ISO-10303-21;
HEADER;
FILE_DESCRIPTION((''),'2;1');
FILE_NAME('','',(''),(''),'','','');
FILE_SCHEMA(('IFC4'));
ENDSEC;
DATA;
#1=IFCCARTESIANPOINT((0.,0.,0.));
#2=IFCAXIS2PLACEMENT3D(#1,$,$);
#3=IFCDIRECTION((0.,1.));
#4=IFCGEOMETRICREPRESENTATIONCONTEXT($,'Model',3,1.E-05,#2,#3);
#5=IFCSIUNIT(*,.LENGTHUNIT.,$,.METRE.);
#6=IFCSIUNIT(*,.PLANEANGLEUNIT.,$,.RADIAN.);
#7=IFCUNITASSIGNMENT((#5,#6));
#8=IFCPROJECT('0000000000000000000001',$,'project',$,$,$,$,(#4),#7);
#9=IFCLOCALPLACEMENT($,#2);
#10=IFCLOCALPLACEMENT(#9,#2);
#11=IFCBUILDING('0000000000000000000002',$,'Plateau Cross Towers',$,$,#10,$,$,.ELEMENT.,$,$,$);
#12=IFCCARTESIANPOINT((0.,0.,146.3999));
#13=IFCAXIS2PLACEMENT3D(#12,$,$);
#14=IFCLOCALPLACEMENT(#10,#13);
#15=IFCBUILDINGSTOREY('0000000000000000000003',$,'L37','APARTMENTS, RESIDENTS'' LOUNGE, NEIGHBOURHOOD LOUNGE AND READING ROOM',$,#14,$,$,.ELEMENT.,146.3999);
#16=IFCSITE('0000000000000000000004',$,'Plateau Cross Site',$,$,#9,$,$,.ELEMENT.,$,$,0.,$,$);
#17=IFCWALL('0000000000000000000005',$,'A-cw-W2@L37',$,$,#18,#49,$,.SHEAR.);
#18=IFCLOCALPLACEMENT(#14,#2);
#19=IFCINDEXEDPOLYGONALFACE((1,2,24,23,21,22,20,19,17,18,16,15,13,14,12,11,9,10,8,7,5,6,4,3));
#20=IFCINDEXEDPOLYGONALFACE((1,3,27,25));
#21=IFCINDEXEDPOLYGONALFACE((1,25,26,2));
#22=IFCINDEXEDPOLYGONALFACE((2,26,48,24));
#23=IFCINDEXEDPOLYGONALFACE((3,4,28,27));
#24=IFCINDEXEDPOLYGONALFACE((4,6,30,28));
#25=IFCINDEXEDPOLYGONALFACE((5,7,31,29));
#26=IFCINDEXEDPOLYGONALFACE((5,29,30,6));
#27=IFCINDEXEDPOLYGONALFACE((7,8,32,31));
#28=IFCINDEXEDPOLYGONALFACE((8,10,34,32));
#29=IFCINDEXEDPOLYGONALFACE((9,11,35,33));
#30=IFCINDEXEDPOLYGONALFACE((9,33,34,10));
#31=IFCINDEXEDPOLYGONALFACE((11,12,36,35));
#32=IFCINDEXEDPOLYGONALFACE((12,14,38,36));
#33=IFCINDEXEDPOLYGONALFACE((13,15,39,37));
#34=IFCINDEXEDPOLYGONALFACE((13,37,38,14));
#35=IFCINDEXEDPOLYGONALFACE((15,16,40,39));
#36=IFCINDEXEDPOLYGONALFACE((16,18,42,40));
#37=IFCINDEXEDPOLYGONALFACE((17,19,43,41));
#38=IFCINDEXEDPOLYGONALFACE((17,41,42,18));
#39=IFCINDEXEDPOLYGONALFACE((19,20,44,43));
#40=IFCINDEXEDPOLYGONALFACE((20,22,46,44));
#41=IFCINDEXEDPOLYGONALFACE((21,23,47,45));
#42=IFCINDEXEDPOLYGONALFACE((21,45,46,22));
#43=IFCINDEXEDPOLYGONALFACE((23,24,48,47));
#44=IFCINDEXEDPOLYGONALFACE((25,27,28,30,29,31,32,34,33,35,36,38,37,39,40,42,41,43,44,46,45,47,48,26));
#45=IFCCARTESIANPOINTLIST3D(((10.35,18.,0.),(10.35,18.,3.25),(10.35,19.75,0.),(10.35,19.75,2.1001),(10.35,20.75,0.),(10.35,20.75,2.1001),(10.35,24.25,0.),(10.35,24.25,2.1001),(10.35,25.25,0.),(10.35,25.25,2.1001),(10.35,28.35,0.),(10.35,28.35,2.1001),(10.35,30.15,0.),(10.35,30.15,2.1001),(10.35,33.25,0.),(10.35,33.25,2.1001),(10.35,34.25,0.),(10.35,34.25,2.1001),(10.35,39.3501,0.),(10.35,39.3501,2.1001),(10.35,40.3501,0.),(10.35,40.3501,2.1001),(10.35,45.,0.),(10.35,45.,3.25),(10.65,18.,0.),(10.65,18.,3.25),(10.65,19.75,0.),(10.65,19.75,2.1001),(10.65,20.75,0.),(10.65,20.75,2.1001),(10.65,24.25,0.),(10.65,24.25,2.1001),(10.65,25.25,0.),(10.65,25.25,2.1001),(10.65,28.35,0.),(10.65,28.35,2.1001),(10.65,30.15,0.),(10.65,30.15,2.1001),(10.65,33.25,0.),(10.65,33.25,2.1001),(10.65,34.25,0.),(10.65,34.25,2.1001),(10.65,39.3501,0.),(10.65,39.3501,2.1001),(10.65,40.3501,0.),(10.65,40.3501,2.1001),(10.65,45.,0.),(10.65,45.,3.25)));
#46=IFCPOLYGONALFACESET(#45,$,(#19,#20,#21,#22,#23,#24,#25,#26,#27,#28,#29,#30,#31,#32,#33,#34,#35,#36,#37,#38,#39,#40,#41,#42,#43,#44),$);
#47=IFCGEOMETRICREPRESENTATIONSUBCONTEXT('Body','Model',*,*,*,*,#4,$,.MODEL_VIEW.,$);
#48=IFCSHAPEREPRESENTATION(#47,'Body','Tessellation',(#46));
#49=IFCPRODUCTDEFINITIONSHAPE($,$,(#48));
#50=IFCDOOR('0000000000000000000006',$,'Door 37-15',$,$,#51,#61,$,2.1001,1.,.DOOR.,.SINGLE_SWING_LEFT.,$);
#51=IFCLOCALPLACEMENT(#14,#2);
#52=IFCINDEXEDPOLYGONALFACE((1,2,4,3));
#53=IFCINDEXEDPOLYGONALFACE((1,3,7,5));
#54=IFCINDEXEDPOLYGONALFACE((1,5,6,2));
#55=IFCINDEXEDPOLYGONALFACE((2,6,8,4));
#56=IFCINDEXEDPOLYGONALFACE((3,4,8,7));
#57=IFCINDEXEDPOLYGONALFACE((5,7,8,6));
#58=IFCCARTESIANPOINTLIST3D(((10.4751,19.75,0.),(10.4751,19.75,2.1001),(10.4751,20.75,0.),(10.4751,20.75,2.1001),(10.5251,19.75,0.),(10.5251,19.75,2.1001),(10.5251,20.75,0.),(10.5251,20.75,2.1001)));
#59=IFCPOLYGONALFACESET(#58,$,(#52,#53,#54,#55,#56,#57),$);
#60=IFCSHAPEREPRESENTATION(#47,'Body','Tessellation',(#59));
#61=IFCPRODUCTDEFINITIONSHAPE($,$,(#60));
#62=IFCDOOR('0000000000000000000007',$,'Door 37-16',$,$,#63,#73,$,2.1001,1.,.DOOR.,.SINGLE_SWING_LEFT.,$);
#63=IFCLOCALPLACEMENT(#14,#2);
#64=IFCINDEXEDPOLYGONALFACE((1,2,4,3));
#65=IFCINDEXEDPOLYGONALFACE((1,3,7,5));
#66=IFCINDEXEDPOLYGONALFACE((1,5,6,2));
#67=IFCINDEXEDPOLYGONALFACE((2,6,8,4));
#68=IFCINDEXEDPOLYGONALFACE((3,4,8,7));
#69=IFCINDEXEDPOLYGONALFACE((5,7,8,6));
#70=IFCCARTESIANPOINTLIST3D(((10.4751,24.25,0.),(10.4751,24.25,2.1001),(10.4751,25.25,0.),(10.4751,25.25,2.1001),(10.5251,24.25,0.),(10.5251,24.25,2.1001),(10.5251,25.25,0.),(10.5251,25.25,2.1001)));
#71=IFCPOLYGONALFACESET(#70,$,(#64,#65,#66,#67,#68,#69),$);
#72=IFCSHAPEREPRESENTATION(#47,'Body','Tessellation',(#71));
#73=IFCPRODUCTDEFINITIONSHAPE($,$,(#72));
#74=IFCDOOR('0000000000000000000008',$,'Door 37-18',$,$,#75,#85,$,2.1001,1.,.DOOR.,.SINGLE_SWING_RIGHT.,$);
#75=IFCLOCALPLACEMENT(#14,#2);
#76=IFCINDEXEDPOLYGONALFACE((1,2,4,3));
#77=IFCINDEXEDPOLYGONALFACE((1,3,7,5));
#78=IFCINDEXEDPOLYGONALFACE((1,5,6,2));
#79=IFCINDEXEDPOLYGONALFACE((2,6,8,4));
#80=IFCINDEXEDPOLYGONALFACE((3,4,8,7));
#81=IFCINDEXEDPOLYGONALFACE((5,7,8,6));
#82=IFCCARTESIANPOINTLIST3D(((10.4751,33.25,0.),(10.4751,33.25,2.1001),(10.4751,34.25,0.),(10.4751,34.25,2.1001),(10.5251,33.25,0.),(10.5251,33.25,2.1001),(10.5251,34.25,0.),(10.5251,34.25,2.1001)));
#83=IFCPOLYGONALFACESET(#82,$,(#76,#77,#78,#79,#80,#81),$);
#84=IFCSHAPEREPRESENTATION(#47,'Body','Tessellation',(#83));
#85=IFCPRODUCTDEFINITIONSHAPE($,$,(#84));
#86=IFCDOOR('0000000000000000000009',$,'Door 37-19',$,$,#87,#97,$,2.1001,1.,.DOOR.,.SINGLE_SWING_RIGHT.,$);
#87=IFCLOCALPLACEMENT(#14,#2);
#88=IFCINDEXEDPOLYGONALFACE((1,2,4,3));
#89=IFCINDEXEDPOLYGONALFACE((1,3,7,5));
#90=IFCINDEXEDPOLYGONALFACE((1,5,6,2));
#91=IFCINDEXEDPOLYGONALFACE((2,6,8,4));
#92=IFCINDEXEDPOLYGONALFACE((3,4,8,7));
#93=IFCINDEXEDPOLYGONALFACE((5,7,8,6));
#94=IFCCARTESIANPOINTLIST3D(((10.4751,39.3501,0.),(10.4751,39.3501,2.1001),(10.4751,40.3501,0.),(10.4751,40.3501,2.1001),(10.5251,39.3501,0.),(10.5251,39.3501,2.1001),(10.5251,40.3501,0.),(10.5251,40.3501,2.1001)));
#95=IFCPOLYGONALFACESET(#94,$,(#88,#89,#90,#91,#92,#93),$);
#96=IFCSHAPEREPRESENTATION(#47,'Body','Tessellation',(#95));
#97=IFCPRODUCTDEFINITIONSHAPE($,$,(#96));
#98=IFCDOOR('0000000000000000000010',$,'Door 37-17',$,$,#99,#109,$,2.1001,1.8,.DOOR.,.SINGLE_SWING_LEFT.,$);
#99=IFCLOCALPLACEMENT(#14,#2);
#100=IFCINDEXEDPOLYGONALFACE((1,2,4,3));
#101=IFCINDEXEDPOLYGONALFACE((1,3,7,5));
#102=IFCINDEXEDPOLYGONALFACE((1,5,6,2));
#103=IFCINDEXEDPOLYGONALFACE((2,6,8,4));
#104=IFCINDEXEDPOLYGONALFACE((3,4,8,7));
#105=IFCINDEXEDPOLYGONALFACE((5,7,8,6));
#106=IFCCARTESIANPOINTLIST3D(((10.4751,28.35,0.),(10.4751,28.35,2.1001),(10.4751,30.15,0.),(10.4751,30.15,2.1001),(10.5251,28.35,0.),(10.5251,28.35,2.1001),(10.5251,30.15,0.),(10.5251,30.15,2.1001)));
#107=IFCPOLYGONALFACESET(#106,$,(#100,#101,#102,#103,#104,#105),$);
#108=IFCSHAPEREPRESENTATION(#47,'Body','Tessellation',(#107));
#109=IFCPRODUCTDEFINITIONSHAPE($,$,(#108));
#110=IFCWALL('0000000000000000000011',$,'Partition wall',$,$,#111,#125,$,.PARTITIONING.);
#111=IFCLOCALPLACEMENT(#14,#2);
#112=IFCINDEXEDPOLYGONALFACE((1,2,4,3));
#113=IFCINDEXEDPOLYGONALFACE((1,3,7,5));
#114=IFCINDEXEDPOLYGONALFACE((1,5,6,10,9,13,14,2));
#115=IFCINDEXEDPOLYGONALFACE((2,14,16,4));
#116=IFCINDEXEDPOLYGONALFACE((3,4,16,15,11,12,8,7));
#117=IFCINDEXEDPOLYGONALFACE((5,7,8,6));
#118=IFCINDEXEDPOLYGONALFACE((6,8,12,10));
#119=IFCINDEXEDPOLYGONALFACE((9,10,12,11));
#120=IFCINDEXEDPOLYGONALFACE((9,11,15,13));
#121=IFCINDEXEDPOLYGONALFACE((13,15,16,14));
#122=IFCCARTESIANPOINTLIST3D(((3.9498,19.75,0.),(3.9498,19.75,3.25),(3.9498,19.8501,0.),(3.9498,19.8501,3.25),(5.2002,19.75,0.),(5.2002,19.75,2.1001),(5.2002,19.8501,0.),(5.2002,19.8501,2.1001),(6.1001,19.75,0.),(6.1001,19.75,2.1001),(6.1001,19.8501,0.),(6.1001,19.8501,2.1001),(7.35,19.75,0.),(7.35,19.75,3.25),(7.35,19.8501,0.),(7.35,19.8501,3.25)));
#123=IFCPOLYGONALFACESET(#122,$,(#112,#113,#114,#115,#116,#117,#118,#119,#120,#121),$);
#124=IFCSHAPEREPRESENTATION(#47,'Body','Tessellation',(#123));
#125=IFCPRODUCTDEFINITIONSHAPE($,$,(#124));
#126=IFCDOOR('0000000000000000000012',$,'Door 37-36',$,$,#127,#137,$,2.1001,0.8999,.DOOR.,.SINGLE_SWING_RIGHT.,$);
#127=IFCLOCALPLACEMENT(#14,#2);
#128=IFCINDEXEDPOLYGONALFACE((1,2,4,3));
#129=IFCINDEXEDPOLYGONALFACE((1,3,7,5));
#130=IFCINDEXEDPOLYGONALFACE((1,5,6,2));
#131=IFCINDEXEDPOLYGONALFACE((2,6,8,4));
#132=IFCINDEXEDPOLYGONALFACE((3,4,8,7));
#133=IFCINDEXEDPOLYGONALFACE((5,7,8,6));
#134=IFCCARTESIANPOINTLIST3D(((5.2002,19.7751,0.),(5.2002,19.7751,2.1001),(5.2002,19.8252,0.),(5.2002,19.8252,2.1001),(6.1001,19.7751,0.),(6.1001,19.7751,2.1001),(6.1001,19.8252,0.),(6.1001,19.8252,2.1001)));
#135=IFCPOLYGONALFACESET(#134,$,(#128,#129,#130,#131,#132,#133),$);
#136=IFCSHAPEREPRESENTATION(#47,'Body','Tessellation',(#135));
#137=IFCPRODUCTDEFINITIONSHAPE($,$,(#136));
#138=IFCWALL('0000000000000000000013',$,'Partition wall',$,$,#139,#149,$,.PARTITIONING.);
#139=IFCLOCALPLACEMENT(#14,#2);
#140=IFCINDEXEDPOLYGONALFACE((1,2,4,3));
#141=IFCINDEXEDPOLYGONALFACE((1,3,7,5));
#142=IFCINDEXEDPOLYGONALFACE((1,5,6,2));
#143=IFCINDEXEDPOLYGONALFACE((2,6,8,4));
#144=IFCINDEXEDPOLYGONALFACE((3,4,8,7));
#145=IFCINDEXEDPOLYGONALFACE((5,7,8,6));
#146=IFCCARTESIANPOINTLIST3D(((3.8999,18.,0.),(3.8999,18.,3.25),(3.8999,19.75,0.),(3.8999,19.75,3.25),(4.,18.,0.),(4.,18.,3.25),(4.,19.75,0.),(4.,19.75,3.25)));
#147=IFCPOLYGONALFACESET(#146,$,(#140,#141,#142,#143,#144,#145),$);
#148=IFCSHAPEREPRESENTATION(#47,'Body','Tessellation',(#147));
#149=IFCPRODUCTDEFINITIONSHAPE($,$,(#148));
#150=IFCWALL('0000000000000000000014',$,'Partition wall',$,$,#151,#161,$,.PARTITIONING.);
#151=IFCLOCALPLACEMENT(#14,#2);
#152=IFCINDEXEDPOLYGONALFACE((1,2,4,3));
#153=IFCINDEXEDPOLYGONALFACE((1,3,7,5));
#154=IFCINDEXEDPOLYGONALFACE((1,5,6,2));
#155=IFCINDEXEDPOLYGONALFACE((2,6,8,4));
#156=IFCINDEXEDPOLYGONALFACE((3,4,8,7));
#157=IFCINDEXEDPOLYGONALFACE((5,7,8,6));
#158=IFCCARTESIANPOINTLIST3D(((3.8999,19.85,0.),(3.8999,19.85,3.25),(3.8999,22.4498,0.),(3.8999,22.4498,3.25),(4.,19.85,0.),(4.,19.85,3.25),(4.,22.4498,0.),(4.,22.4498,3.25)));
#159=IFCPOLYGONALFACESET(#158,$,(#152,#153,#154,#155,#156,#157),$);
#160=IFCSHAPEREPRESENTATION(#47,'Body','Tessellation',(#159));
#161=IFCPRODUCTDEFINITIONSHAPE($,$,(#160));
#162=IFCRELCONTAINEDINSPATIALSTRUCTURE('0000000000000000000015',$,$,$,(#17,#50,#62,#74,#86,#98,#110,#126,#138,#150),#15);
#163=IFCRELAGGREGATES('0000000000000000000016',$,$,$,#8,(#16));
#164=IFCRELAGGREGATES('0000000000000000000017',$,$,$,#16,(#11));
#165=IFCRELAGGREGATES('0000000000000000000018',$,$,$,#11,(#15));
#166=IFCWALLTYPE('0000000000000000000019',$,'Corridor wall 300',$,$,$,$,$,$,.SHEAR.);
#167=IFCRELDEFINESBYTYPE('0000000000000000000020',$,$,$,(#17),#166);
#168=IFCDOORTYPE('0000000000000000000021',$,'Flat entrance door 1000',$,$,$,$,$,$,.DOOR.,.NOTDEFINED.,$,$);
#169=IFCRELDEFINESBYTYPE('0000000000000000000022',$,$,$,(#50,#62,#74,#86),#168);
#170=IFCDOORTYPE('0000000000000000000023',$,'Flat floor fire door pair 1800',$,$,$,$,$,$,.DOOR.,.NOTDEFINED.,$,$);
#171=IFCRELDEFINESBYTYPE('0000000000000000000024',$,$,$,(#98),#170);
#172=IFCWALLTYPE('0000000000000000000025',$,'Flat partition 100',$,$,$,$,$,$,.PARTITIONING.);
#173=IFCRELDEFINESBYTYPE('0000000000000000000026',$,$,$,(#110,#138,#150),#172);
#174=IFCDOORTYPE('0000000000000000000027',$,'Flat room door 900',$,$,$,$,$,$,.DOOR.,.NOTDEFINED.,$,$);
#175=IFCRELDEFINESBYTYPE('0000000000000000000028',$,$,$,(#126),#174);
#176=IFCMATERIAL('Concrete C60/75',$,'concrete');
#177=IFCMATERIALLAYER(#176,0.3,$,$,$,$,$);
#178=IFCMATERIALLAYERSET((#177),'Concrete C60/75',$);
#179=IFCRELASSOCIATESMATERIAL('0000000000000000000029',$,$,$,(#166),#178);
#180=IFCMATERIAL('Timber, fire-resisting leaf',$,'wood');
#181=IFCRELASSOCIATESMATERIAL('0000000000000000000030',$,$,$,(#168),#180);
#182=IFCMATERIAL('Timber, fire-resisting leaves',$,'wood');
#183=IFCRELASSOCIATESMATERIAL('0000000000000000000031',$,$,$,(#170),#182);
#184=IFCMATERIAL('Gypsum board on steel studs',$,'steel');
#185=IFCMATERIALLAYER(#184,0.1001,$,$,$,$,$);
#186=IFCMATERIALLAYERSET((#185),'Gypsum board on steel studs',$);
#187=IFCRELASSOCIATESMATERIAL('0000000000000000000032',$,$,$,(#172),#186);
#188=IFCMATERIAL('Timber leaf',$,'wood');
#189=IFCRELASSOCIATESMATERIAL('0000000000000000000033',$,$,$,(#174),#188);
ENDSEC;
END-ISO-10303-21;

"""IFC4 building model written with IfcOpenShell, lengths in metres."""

from ifc_helpers import new_model, si_unit, direction, frame, frame_2d, origin, place, context, subcontext, project, spatial, rectangle, extrude, material, layer, layer_set, type_object, element, fill, save


model = new_model("IFC4")

# Units and contexts
model_context = context("Model", 3, precision=1e-05, world=origin(), true_north=direction((0.0, 1.0)))
body_context = subcontext(model_context, "Body", "Model", "MODEL_VIEW")
ifc_project = project(units=[si_unit("LENGTHUNIT", "METRE"), si_unit("PLANEANGLEUNIT", "RADIAN")], contexts=[model_context])

# Site, building, storey
site_placement = place(None, origin())
site = spatial("IfcSite", under=ifc_project, at=site_placement, Name="Plateau Cross Site", CompositionType="ELEMENT", RefElevation=0.0)
building_placement = place(site_placement, origin())
building = spatial("IfcBuilding", under=site, at=building_placement, Name="Plateau Cross Towers", CompositionType="ELEMENT")
storey_placement = place(building_placement, frame((0.0, 0.0, 146.3999)))
storey = spatial("IfcBuildingStorey", under=building, at=storey_placement, Name="L37", Description="APARTMENTS, RESIDENTS' LOUNGE, NEIGHBOURHOOD LOUNGE AND READING ROOM", CompositionType="ELEMENT", Elevation=146.3999)

# Wall, openings, doors
ifc_material_1 = material(Name="Concrete C60/75", Category="concrete")
ifc_layer_1 = layer(ifc_material_1, 0.3)
ifc_layer_set_1 = layer_set([ifc_layer_1], Name="Concrete C60/75")
wall_type_1 = type_object("IfcWallType", Name="Corridor wall 300", PredefinedType="SHEAR", material=ifc_layer_set_1)
ifc_material_2 = material(Name="Timber, fire-resisting leaf", Category="wood")
door_type_1 = type_object("IfcDoorType", Name="Flat entrance door 1000", OperationType="NOTDEFINED", PredefinedType="DOOR", material=ifc_material_2)
wall_1_placement = place(storey_placement, frame((10.5, 18.0, 0.0), z_axis=(0.0, 0.0, 1.0), x_axis=(0.0, 1.0, 0.0)))
wall_1 = element("IfcWall", 1, at=wall_1_placement, inside=storey, type_object=wall_type_1, Name="A-cw-W2@L37", PredefinedType="SHEAR", context=body_context, shape_type="SweptSolid", body=[
    extrude(rectangle(XDim=27.0, YDim=0.3, at=frame_2d((13.5, 0.0))), origin(), (0.0, 0.0, 1.0), 3.25),
])
opening_1_placement = place(wall_1_placement, frame((1.75, 0.0, 0.0)))
opening_1 = element("IfcOpeningElement", 2, at=opening_1_placement, cuts=wall_1, PredefinedType="OPENING", context=body_context, shape_type="SweptSolid", body=[
    extrude(rectangle(XDim=1.0, YDim=2.1001, at=frame_2d((0.5, 1.05))), frame((0.0, 0.1599, 0.0), z_axis=(0.0, -1.0, 0.0), x_axis=(1.0, 0.0, 0.0)), (0.0, 0.0, 1.0), 0.3201),
])
opening_2_placement = place(wall_1_placement, frame((6.25, 0.0, 0.0)))
opening_2 = element("IfcOpeningElement", 3, at=opening_2_placement, cuts=wall_1, PredefinedType="OPENING", context=body_context, shape_type="SweptSolid", body=[
    extrude(rectangle(XDim=1.0, YDim=2.1001, at=frame_2d((0.5, 1.05))), frame((0.0, 0.1599, 0.0), z_axis=(0.0, -1.0, 0.0), x_axis=(1.0, 0.0, 0.0)), (0.0, 0.0, 1.0), 0.3201),
])
opening_3_placement = place(wall_1_placement, frame((10.3501, 0.0, 0.0)))
opening_3 = element("IfcOpeningElement", 4, at=opening_3_placement, cuts=wall_1, PredefinedType="OPENING", context=body_context, shape_type="SweptSolid", body=[
    extrude(rectangle(XDim=1.8, YDim=2.1001, at=frame_2d((0.8999, 1.05))), frame((0.0, 0.1599, 0.0), z_axis=(0.0, -1.0, 0.0), x_axis=(1.0, 0.0, 0.0)), (0.0, 0.0, 1.0), 0.3201),
])
opening_4_placement = place(wall_1_placement, frame((15.25, 0.0, 0.0)))
opening_4 = element("IfcOpeningElement", 5, at=opening_4_placement, cuts=wall_1, PredefinedType="OPENING", context=body_context, shape_type="SweptSolid", body=[
    extrude(rectangle(XDim=1.0, YDim=2.1001, at=frame_2d((0.5, 1.05))), frame((0.0, 0.1599, 0.0), z_axis=(0.0, -1.0, 0.0), x_axis=(1.0, 0.0, 0.0)), (0.0, 0.0, 1.0), 0.3201),
])
opening_5_placement = place(wall_1_placement, frame((21.3501, 0.0, 0.0)))
opening_5 = element("IfcOpeningElement", 6, at=opening_5_placement, cuts=wall_1, PredefinedType="OPENING", context=body_context, shape_type="SweptSolid", body=[
    extrude(rectangle(XDim=1.0, YDim=2.1001, at=frame_2d((0.5, 1.05))), frame((0.0, 0.1599, 0.0), z_axis=(0.0, -1.0, 0.0), x_axis=(1.0, 0.0, 0.0)), (0.0, 0.0, 1.0), 0.3201),
])
door_1_placement = place(opening_1_placement, origin())
door_1 = element("IfcDoor", 7, at=door_1_placement, inside=storey, type_object=door_type_1, Name="Door 37-15", OperationType="SINGLE_SWING_LEFT", OverallHeight=2.1001, OverallWidth=1.0, PredefinedType="DOOR", context=body_context, shape_type="SweptSolid", body=[
    extrude(rectangle(XDim=1.0, YDim=2.1001, at=frame_2d((0.5, 1.05))), frame((0.0, 0.0249, 0.0), z_axis=(0.0, -1.0, 0.0), x_axis=(1.0, 0.0, 0.0)), (0.0, 0.0, 1.0), 0.05),
])
fill(opening_1, door_1)
door_2_placement = place(opening_2_placement, origin())
door_2 = element("IfcDoor", 8, at=door_2_placement, inside=storey, type_object=door_type_1, Name="Door 37-16", OperationType="SINGLE_SWING_LEFT", OverallHeight=2.1001, OverallWidth=1.0, PredefinedType="DOOR", context=body_context, shape_type="SweptSolid", body=[
    extrude(rectangle(XDim=1.0, YDim=2.1001, at=frame_2d((0.5, 1.05))), frame((0.0, 0.0249, 0.0), z_axis=(0.0, -1.0, 0.0), x_axis=(1.0, 0.0, 0.0)), (0.0, 0.0, 1.0), 0.05),
])
fill(opening_2, door_2)
door_3_placement = place(opening_4_placement, origin())
door_3 = element("IfcDoor", 9, at=door_3_placement, inside=storey, type_object=door_type_1, Name="Door 37-18", OperationType="SINGLE_SWING_RIGHT", OverallHeight=2.1001, OverallWidth=1.0, PredefinedType="DOOR", context=body_context, shape_type="SweptSolid", body=[
    extrude(rectangle(XDim=1.0, YDim=2.1001, at=frame_2d((0.5, 1.05))), frame((0.0, 0.0249, 0.0), z_axis=(0.0, -1.0, 0.0), x_axis=(1.0, 0.0, 0.0)), (0.0, 0.0, 1.0), 0.05),
])
fill(opening_4, door_3)
door_4_placement = place(opening_5_placement, origin())
door_4 = element("IfcDoor", 10, at=door_4_placement, inside=storey, type_object=door_type_1, Name="Door 37-19", OperationType="SINGLE_SWING_RIGHT", OverallHeight=2.1001, OverallWidth=1.0, PredefinedType="DOOR", context=body_context, shape_type="SweptSolid", body=[
    extrude(rectangle(XDim=1.0, YDim=2.1001, at=frame_2d((0.5, 1.05))), frame((0.0, 0.0249, 0.0), z_axis=(0.0, -1.0, 0.0), x_axis=(1.0, 0.0, 0.0)), (0.0, 0.0, 1.0), 0.05),
])
fill(opening_5, door_4)
ifc_material_3 = material(Name="Timber, fire-resisting leaves", Category="wood")
door_type_2 = type_object("IfcDoorType", Name="Flat floor fire door pair 1800", OperationType="NOTDEFINED", PredefinedType="DOOR", material=ifc_material_3)
door_5_placement = place(opening_3_placement, origin())
door_5 = element("IfcDoor", 11, at=door_5_placement, inside=storey, type_object=door_type_2, Name="Door 37-17", OperationType="SINGLE_SWING_LEFT", OverallHeight=2.1001, OverallWidth=1.8, PredefinedType="DOOR", context=body_context, shape_type="SweptSolid", body=[
    extrude(rectangle(XDim=1.8, YDim=2.1001, at=frame_2d((0.8999, 1.05))), frame((0.0, 0.0249, 0.0), z_axis=(0.0, -1.0, 0.0), x_axis=(1.0, 0.0, 0.0)), (0.0, 0.0, 1.0), 0.05),
])
fill(opening_3, door_5)

# Wall, opening, door
ifc_material_4 = material(Name="Gypsum board on steel studs", Category="steel")
ifc_layer_2 = layer(ifc_material_4, 0.1001)
ifc_layer_set_2 = layer_set([ifc_layer_2], Name="Gypsum board on steel studs")
wall_type_2 = type_object("IfcWallType", Name="Flat partition 100", PredefinedType="PARTITIONING", material=ifc_layer_set_2)
wall_2_placement = place(storey_placement, frame((7.3501, 19.8, 0.0), z_axis=(0.0, 0.0, 1.0), x_axis=(-1.0, 0.0, 0.0)))
wall_2 = element("IfcWall", 12, at=wall_2_placement, inside=storey, type_object=wall_type_2, Name="Partition wall", PredefinedType="PARTITIONING", context=body_context, shape_type="SweptSolid", body=[
    extrude(rectangle(XDim=3.4001, YDim=0.1001, at=frame_2d((1.7002, 0.0))), origin(), (0.0, 0.0, 1.0), 3.25),
])
opening_6_placement = place(wall_2_placement, frame((1.25, 0.0, 0.0)))
opening_6 = element("IfcOpeningElement", 13, at=opening_6_placement, cuts=wall_2, PredefinedType="OPENING", context=body_context, shape_type="SweptSolid", body=[
    extrude(rectangle(XDim=0.8999, YDim=2.1001, at=frame_2d((0.45, 1.05))), frame((0.0, 0.0601, 0.0), z_axis=(0.0, -1.0, 0.0), x_axis=(1.0, 0.0, 0.0)), (0.0, 0.0, 1.0), 0.1201),
])
ifc_material_5 = material(Name="Timber leaf", Category="wood")
door_type_3 = type_object("IfcDoorType", Name="Flat room door 900", OperationType="NOTDEFINED", PredefinedType="DOOR", material=ifc_material_5)
door_6_placement = place(opening_6_placement, origin())
door_6 = element("IfcDoor", 14, at=door_6_placement, inside=storey, type_object=door_type_3, Name="Door 37-36", OperationType="SINGLE_SWING_RIGHT", OverallHeight=2.1001, OverallWidth=0.8999, PredefinedType="DOOR", context=body_context, shape_type="SweptSolid", body=[
    extrude(rectangle(XDim=0.8999, YDim=2.1001, at=frame_2d((0.45, 1.05))), frame((0.0, 0.0249, 0.0), z_axis=(0.0, -1.0, 0.0), x_axis=(1.0, 0.0, 0.0)), (0.0, 0.0, 1.0), 0.05),
])
fill(opening_6, door_6)

# Walls
wall_3_placement = place(storey_placement, frame((3.95, 19.75, 0.0), z_axis=(0.0, 0.0, 1.0), x_axis=(0.0, -1.0, 0.0)))
element("IfcWall", 15, at=wall_3_placement, inside=storey, type_object=wall_type_2, Name="Partition wall", PredefinedType="PARTITIONING", context=body_context, shape_type="SweptSolid", body=[
    extrude(rectangle(XDim=1.75, YDim=0.1001, at=frame_2d((0.875, 0.0))), origin(), (0.0, 0.0, 1.0), 3.25),
])
wall_4_placement = place(storey_placement, frame((3.95, 19.8501, 0.0), z_axis=(0.0, 0.0, 1.0), x_axis=(0.0, 1.0, 0.0)))
element("IfcWall", 16, at=wall_4_placement, inside=storey, type_object=wall_type_2, Name="Partition wall", PredefinedType="PARTITIONING", context=body_context, shape_type="SweptSolid", body=[
    extrude(rectangle(XDim=2.5999, YDim=0.1001, at=frame_2d((1.2998, 0.0))), origin(), (0.0, 0.0, 1.0), 3.25),
])

save(model, "model.ifc")
